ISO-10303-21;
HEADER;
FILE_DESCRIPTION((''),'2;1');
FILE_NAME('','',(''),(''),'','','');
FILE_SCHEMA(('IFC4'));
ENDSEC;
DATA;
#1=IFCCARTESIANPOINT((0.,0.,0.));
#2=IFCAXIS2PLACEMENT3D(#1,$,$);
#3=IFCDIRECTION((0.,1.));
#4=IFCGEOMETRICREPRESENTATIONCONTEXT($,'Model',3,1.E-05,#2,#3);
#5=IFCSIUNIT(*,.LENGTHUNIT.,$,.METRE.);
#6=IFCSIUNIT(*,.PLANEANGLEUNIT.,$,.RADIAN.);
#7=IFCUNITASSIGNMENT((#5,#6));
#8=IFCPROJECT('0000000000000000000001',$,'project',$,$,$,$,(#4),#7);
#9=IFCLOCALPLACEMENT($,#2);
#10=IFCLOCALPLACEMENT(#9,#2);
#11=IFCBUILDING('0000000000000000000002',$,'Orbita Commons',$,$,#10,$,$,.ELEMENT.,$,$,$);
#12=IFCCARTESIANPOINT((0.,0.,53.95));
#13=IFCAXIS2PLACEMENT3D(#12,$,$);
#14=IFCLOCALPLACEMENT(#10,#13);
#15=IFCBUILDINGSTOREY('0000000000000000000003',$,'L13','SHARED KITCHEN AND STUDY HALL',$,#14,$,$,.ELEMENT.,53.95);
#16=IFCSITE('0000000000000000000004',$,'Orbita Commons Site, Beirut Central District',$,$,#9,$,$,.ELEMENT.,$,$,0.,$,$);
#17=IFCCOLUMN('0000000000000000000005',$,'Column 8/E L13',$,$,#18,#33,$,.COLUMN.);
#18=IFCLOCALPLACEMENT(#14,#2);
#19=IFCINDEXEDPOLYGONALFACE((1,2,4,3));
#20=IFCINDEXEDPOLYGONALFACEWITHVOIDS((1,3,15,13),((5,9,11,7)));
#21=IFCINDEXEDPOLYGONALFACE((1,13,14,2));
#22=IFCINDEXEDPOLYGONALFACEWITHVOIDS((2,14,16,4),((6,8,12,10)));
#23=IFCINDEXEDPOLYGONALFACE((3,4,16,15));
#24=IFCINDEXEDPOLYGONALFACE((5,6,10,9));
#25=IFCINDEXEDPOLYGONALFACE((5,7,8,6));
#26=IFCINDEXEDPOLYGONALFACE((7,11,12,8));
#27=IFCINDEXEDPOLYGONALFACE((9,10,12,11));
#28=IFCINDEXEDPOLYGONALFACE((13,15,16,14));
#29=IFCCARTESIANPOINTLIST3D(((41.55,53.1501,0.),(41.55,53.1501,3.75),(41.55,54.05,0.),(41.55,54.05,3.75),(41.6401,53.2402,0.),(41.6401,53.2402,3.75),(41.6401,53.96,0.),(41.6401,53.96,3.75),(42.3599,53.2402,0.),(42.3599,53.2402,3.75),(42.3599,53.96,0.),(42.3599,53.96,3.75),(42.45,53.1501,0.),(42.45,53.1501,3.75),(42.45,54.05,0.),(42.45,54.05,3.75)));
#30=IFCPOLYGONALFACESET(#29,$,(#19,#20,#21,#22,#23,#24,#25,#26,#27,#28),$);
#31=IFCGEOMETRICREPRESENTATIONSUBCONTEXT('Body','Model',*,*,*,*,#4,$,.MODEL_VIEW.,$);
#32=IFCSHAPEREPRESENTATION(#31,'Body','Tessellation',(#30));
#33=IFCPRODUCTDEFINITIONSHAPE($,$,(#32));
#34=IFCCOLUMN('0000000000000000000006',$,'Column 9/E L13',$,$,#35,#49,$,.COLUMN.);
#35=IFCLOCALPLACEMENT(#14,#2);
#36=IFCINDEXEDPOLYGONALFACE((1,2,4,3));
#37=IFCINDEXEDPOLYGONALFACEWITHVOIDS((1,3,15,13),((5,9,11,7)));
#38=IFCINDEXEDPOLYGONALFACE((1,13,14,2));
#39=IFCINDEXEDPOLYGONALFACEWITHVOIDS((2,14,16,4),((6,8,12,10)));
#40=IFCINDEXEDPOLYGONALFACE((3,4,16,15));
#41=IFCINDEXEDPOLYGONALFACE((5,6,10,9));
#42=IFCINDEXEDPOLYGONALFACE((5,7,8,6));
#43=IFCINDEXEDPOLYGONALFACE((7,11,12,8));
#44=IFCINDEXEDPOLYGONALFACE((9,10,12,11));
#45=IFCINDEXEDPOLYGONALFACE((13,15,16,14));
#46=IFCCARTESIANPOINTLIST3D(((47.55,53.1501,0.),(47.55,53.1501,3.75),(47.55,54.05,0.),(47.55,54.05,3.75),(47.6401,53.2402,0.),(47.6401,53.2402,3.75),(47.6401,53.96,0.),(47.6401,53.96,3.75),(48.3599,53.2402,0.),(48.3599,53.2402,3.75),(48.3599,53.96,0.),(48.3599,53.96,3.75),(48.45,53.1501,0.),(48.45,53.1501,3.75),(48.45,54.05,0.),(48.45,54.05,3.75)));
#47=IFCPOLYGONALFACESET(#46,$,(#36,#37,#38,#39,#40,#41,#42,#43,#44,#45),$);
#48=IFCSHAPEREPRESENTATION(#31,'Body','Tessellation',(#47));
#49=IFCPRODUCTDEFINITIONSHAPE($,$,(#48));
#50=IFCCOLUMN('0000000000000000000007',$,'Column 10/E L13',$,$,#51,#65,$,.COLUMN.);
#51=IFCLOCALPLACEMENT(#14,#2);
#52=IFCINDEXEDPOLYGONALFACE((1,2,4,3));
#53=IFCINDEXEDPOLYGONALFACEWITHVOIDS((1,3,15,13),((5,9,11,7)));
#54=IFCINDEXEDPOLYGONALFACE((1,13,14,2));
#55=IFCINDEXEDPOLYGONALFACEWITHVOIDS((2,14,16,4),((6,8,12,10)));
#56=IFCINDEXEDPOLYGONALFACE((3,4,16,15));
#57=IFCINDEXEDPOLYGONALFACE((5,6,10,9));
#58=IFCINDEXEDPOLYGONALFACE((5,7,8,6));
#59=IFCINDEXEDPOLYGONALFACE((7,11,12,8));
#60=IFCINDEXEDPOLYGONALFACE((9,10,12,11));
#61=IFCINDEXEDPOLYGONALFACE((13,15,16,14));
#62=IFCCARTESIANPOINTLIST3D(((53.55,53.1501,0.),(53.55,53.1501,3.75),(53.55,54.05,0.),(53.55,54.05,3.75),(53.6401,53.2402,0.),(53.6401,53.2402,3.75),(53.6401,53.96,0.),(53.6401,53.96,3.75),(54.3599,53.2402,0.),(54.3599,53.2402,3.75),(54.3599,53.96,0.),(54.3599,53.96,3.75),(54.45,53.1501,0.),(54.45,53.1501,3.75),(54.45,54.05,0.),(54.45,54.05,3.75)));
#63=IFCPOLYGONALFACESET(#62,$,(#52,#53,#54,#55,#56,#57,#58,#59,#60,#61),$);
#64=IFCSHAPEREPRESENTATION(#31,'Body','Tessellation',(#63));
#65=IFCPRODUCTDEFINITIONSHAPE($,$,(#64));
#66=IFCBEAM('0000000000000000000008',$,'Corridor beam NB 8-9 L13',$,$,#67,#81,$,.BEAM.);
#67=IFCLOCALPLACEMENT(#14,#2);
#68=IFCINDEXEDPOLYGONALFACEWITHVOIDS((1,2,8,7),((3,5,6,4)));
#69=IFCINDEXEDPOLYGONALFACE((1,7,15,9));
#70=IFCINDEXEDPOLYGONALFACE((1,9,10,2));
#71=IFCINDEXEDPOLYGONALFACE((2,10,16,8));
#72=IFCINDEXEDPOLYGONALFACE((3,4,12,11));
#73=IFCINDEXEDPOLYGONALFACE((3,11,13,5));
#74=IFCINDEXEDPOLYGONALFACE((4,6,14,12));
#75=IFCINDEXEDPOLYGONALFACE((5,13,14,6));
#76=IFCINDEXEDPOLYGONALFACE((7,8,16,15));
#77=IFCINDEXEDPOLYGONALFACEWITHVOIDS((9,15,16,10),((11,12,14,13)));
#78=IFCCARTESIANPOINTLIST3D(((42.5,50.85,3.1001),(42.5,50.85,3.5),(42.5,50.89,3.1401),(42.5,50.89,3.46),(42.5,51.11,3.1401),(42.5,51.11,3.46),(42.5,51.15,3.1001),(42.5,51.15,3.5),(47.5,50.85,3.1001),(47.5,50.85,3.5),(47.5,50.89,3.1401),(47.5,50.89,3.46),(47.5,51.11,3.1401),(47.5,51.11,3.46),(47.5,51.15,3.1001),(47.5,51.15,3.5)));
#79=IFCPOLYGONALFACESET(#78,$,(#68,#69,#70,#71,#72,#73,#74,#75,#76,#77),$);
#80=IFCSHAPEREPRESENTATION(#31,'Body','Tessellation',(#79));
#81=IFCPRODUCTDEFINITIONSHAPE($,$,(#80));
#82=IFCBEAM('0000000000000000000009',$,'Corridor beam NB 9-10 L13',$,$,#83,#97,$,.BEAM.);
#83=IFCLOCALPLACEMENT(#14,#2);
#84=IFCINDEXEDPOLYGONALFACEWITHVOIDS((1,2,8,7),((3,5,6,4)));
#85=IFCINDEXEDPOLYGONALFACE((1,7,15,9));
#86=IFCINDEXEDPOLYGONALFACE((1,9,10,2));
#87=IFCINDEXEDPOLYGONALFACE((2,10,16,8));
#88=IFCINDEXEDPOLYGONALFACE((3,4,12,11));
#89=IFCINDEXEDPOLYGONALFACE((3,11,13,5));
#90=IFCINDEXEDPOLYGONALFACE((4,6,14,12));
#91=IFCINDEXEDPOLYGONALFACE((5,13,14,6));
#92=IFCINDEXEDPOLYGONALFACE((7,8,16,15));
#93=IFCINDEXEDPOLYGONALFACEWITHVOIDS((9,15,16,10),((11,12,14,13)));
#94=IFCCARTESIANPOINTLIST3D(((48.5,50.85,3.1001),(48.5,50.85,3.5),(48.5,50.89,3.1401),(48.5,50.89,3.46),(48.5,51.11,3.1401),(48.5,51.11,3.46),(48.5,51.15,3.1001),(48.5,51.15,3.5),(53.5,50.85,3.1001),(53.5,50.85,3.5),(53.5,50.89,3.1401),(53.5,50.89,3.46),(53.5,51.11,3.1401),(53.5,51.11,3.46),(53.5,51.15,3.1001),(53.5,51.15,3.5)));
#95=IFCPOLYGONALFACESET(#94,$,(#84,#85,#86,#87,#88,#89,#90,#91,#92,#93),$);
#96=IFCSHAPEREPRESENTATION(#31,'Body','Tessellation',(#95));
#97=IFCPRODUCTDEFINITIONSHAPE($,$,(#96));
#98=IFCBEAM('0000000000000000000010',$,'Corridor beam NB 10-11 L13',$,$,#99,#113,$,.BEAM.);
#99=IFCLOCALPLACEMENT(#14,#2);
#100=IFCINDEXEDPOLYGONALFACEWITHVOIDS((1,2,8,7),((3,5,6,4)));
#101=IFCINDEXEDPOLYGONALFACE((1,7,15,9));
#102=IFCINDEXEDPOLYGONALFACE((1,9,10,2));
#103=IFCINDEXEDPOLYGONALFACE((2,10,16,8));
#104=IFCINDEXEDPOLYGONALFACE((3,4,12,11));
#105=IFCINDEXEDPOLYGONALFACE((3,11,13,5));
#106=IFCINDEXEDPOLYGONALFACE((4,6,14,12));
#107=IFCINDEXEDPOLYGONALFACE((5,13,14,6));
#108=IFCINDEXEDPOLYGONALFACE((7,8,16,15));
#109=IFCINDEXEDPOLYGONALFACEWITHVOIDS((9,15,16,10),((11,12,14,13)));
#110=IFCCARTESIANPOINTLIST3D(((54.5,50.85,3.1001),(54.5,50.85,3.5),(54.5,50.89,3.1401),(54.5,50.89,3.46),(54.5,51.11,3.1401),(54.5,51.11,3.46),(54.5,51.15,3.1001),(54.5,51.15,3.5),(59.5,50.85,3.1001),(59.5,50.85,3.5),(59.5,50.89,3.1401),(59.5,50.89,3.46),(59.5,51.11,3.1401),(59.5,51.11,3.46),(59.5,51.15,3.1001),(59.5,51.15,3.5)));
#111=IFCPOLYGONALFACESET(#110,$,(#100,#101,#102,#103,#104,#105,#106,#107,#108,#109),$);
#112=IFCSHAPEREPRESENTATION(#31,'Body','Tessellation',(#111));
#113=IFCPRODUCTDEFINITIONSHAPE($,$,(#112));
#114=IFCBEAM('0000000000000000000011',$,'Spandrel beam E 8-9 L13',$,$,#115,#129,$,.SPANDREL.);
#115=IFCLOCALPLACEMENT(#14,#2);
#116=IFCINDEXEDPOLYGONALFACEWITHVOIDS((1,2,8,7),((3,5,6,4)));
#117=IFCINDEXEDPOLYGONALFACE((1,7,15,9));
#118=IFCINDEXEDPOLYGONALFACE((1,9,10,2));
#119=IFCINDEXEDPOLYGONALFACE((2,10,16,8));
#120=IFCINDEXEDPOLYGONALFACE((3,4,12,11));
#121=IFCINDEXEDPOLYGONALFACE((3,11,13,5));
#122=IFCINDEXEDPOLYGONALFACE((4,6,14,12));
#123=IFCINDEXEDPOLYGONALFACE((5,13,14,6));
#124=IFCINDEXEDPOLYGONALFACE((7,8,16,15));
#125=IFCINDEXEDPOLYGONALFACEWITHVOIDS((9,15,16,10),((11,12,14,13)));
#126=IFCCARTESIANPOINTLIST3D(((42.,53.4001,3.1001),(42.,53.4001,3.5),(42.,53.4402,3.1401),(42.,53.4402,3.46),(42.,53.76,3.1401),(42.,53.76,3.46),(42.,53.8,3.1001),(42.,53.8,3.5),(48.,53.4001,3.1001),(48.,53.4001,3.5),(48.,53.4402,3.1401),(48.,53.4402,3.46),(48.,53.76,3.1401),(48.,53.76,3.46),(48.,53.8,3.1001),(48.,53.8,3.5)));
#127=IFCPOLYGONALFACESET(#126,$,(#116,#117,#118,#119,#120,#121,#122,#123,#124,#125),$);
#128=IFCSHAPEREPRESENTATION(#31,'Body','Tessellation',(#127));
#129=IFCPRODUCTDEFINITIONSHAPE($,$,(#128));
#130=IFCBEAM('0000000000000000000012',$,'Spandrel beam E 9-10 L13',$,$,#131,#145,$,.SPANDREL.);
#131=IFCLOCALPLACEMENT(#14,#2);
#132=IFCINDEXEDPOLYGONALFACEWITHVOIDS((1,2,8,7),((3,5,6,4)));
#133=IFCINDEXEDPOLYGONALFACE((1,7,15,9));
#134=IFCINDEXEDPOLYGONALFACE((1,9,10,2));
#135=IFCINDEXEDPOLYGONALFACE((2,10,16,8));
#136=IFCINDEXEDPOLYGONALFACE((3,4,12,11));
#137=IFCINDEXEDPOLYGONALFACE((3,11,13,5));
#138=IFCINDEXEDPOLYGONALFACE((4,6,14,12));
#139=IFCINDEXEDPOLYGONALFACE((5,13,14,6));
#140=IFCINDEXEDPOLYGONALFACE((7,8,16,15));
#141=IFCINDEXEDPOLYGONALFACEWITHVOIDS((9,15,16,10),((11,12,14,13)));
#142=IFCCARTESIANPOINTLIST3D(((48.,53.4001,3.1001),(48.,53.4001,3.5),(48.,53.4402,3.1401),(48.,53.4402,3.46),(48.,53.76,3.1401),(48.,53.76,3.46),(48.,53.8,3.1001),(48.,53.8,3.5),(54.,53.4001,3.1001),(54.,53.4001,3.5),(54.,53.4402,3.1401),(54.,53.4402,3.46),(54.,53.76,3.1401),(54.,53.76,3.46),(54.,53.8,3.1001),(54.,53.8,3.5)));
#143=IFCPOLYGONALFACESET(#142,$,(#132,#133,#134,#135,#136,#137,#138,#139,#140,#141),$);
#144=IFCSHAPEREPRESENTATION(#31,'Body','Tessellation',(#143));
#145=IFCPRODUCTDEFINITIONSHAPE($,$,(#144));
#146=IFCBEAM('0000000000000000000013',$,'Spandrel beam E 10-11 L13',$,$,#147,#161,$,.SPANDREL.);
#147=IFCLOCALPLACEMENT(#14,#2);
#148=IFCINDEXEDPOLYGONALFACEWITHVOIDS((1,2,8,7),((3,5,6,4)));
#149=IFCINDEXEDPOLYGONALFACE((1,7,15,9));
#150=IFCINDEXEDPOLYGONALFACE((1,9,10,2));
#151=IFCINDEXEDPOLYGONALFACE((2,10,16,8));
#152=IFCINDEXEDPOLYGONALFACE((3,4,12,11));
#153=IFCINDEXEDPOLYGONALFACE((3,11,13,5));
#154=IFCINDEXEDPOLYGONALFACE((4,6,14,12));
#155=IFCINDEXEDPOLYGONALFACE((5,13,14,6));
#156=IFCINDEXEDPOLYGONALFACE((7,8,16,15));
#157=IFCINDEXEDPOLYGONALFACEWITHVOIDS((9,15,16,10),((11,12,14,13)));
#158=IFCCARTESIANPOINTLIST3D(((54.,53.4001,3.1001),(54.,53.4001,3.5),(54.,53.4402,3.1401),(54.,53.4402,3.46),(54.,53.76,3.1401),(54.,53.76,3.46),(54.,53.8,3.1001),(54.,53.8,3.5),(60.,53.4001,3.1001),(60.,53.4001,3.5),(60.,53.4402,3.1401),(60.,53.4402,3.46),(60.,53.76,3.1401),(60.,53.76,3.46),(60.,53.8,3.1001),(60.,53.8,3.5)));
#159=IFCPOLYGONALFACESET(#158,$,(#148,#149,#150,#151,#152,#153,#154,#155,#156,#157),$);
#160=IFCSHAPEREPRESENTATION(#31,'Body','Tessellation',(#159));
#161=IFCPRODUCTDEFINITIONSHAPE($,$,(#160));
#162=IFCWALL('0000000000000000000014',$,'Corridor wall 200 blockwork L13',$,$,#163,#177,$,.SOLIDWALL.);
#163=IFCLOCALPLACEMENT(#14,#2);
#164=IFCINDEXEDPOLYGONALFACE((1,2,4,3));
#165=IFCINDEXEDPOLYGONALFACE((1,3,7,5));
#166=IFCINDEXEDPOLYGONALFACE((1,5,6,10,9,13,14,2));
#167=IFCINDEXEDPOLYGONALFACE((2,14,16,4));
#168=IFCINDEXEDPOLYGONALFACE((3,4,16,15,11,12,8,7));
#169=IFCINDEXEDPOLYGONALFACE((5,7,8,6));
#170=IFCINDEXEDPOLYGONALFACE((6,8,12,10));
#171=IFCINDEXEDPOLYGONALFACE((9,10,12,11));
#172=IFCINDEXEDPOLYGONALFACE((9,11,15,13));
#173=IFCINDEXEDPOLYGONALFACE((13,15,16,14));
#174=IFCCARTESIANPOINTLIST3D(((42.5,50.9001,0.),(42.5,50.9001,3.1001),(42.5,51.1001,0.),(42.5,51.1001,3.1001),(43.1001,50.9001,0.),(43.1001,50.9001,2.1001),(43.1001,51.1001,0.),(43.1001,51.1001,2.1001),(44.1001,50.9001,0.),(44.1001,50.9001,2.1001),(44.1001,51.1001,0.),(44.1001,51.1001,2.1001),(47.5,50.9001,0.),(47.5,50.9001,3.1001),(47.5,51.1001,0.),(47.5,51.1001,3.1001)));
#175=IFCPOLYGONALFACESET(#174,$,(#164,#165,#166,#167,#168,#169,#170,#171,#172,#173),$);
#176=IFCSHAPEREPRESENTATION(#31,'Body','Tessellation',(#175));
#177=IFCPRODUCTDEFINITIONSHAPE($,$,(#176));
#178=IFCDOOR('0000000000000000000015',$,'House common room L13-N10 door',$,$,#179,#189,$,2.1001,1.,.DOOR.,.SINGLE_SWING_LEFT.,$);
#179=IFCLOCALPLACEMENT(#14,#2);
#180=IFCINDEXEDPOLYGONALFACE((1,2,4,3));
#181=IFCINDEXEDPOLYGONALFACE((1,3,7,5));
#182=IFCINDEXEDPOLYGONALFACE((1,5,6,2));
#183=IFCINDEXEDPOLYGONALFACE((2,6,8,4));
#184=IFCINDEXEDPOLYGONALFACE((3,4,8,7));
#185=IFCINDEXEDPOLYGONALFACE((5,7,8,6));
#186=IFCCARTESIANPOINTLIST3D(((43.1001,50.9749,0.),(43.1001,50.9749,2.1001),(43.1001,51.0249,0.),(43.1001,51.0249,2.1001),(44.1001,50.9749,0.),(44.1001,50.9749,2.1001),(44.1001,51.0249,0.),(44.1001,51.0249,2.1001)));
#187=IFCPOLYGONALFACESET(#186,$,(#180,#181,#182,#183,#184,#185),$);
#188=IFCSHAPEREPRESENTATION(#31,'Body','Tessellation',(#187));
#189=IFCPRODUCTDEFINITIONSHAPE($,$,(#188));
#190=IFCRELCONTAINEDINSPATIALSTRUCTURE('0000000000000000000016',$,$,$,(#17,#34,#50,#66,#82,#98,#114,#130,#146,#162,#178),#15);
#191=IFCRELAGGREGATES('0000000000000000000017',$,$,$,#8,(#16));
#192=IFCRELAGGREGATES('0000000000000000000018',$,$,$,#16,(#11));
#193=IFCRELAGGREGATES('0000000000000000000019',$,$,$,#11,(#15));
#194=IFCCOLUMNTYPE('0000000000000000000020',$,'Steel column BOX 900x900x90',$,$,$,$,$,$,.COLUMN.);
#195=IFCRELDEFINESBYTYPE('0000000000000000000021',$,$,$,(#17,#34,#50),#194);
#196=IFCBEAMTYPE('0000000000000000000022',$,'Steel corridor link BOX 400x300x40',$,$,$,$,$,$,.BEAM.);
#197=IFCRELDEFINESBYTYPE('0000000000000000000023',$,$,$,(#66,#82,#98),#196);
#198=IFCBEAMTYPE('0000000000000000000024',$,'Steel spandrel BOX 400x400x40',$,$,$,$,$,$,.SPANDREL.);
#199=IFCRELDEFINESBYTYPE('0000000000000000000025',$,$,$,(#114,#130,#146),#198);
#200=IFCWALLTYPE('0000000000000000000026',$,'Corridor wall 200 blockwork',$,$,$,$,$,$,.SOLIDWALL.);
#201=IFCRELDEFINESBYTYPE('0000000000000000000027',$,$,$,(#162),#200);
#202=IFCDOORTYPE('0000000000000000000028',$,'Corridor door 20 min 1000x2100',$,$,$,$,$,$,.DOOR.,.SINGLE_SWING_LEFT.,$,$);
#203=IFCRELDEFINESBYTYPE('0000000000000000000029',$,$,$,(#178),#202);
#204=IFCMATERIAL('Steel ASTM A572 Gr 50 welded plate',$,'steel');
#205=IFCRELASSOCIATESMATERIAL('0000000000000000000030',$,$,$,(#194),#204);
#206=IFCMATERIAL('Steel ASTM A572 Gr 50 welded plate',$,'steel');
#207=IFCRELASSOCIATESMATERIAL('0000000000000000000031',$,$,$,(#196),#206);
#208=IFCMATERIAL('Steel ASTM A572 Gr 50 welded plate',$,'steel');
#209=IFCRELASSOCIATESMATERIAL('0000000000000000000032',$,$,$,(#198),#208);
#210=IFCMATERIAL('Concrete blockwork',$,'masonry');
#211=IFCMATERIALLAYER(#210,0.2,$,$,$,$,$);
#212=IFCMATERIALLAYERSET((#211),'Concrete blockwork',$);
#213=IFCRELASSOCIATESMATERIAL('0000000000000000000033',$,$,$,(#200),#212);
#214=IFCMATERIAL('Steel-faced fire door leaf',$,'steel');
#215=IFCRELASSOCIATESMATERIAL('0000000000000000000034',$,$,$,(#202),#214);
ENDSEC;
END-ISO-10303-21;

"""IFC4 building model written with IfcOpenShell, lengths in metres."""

from ifc_helpers import new_model, si_unit, direction, frame, frame_2d, origin, origin_2d, place, context, subcontext, project, spatial, polyline, rectangle, hollow_rectangle, outline, extrude, material, layer, layer_set, material_profile, profile_set, type_object, element, fill, save


model = new_model("IFC4")

# Units and contexts
model_context = context("Model", 3, precision=1e-05, world=origin(), true_north=direction((0.0, 1.0)))
body_context = subcontext(model_context, "Body", "Model", "MODEL_VIEW")
ifc_project = project(units=[si_unit("LENGTHUNIT", "METRE"), si_unit("PLANEANGLEUNIT", "RADIAN")], contexts=[model_context])

# Site, building, storey
site_placement = place(None, origin())
site = spatial("IfcSite", under=ifc_project, at=site_placement, Name="Orbita Commons Site, Beirut Central District", CompositionType="ELEMENT", RefElevation=0.0)
building_placement = place(site_placement, origin())
building = spatial("IfcBuilding", under=site, at=building_placement, Name="Orbita Commons", CompositionType="ELEMENT")
storey_placement = place(building_placement, frame((0.0, 0.0, 53.95)))
storey = spatial("IfcBuildingStorey", under=building, at=storey_placement, Name="L13", Description="SHARED KITCHEN AND STUDY HALL", CompositionType="ELEMENT", Elevation=53.95)

# Columns
ifc_material_1 = material(Name="Steel ASTM A572 Gr 50 welded plate", Category="steel")
ifc_material_profile_1 = material_profile(ifc_material_1, hollow_rectangle(XDim=0.8999, YDim=0.8999, WallThickness=0.0901, at=origin_2d()), Name="BOX 900x900x90")
ifc_profile_set_1 = profile_set([ifc_material_profile_1], Name="Steel ASTM A572 Gr 50 welded plate")
column_type = type_object("IfcColumnType", Name="Steel column BOX 900x900x90", PredefinedType="COLUMN", material=ifc_profile_set_1)
for number, where, z_axis, x_axis, name in (
    (1, (42.0, 53.6001, 0.0), (0.0, 0.0, 1.0), (1.0, 0.0, 0.0), "Column 8/E L13"),
    (2, (48.0, 53.6001, 0.0), (0.0, 0.0, 1.0), (1.0, 0.0, 0.0), "Column 9/E L13"),
    (3, (54.0, 53.6001, 0.0), (0.0, 0.0, 1.0), (1.0, 0.0, 0.0), "Column 10/E L13"),
):
    element("IfcColumn", number, at=place(storey_placement, frame(where, z_axis=z_axis, x_axis=x_axis)), inside=storey, type_object=column_type, Name=name, PredefinedType="COLUMN", context=body_context, shape_type="SweptSolid", body=[
        extrude(hollow_rectangle(XDim=0.8999, YDim=0.8999, WallThickness=0.0901, at=origin_2d()), origin(), (0.0, 0.0, 1.0), 3.75),
    ])

# Beams
ifc_material_2 = material(Name="Steel ASTM A572 Gr 50 welded plate", Category="steel")
ifc_material_profile_2 = material_profile(ifc_material_2, hollow_rectangle(XDim=0.3, YDim=0.3999, WallThickness=0.04, at=origin_2d()), Name="BOX 400x300x40")
ifc_profile_set_2 = profile_set([ifc_material_profile_2], Name="Steel ASTM A572 Gr 50 welded plate")
beam_type_1 = type_object("IfcBeamType", Name="Steel corridor link BOX 400x300x40", PredefinedType="BEAM", material=ifc_profile_set_2)
for number, where, z_axis, x_axis, name in (
    (4, (42.5, 51.0, 3.3), (1.0, 0.0, 0.0), (0.0, 1.0, 0.0), "Corridor beam NB 8-9 L13"),
    (5, (48.5, 51.0, 3.3), (1.0, 0.0, 0.0), (0.0, 1.0, 0.0), "Corridor beam NB 9-10 L13"),
    (6, (54.5, 51.0, 3.3), (1.0, 0.0, 0.0), (0.0, 1.0, 0.0), "Corridor beam NB 10-11 L13"),
):
    element("IfcBeam", number, at=place(storey_placement, frame(where, z_axis=z_axis, x_axis=x_axis)), inside=storey, type_object=beam_type_1, Name=name, PredefinedType="BEAM", context=body_context, shape_type="SweptSolid", body=[
        extrude(hollow_rectangle(XDim=0.3, YDim=0.3999, WallThickness=0.04, at=origin_2d()), origin(), (0.0, 0.0, 1.0), 5.0),
    ])
ifc_material_3 = material(Name="Steel ASTM A572 Gr 50 welded plate", Category="steel")
ifc_material_profile_3 = material_profile(ifc_material_3, hollow_rectangle(XDim=0.3999, YDim=0.3999, WallThickness=0.04, at=origin_2d()), Name="BOX 400x400x40")
ifc_profile_set_3 = profile_set([ifc_material_profile_3], Name="Steel ASTM A572 Gr 50 welded plate")
beam_type_2 = type_object("IfcBeamType", Name="Steel spandrel BOX 400x400x40", PredefinedType="SPANDREL", material=ifc_profile_set_3)
for number, where, z_axis, x_axis, name in (
    (7, (42.0, 53.6001, 3.3), (1.0, 0.0, 0.0), (0.0, 1.0, 0.0), "Spandrel beam E 8-9 L13"),
    (8, (48.0, 53.6001, 3.3), (1.0, 0.0, 0.0), (0.0, 1.0, 0.0), "Spandrel beam E 9-10 L13"),
    (9, (54.0, 53.6001, 3.3), (1.0, 0.0, 0.0), (0.0, 1.0, 0.0), "Spandrel beam E 10-11 L13"),
):
    element("IfcBeam", number, at=place(storey_placement, frame(where, z_axis=z_axis, x_axis=x_axis)), inside=storey, type_object=beam_type_2, Name=name, PredefinedType="SPANDREL", context=body_context, shape_type="SweptSolid", body=[
        extrude(hollow_rectangle(XDim=0.3999, YDim=0.3999, WallThickness=0.04, at=origin_2d()), origin(), (0.0, 0.0, 1.0), 6.0),
    ])

# Wall, opening, door
ifc_material_4 = material(Name="Concrete blockwork", Category="masonry")
ifc_layer_1 = layer(ifc_material_4, 0.2)
ifc_layer_set_1 = layer_set([ifc_layer_1], Name="Concrete blockwork")
wall_type_1 = type_object("IfcWallType", Name="Corridor wall 200 blockwork", PredefinedType="SOLIDWALL", material=ifc_layer_set_1)
wall_1_placement = place(storey_placement, frame((42.5, 51.0, 0.0), z_axis=(0.0, 0.0, 1.0), x_axis=(1.0, 0.0, 0.0)))
wall_1 = element("IfcWall", 10, at=wall_1_placement, inside=storey, type_object=wall_type_1, Name="Corridor wall 200 blockwork L13", PredefinedType="SOLIDWALL", context=body_context, shape_type="SweptSolid", body=[
    extrude(outline(polyline([(0.0, 0.0), (5.0, 0.0), (5.0, 3.1001), (0.0, 3.1001), (0.0, 0.0)])), frame((0.0, 0.1001, 0.0), z_axis=(0.0, -1.0, 0.0), x_axis=(1.0, 0.0, 0.0)), (0.0, 0.0, 1.0), 0.2),
])
opening_1_placement = place(wall_1_placement, frame((0.6001, 0.0, 0.0)))
opening_1 = element("IfcOpeningElement", 11, at=opening_1_placement, cuts=wall_1, PredefinedType="OPENING", context=body_context, shape_type="SweptSolid", body=[
    extrude(rectangle(XDim=1.0, YDim=2.1001, at=frame_2d((0.5, 1.05))), frame((0.0, 0.1099, 0.0), z_axis=(0.0, -1.0, 0.0), x_axis=(1.0, 0.0, 0.0)), (0.0, 0.0, 1.0), 0.22),
])
ifc_material_5 = material(Name="Steel-faced fire door leaf", Category="steel")
door_type_1 = type_object("IfcDoorType", Name="Corridor door 20 min 1000x2100", OperationType="SINGLE_SWING_LEFT", PredefinedType="DOOR", material=ifc_material_5)
door_1_placement = place(opening_1_placement, origin())
door_1 = element("IfcDoor", 12, at=door_1_placement, inside=storey, type_object=door_type_1, Name="House common room L13-N10 door", OperationType="SINGLE_SWING_LEFT", OverallHeight=2.1001, OverallWidth=1.0, PredefinedType="DOOR", context=body_context, shape_type="SweptSolid", body=[
    extrude(rectangle(XDim=1.0, YDim=2.1001, at=frame_2d((0.5, 1.05))), frame((0.0, 0.0249, 0.0), z_axis=(0.0, -1.0, 0.0), x_axis=(1.0, 0.0, 0.0)), (0.0, 0.0, 1.0), 0.05),
])
fill(opening_1, door_1)

save(model, "model.ifc")
